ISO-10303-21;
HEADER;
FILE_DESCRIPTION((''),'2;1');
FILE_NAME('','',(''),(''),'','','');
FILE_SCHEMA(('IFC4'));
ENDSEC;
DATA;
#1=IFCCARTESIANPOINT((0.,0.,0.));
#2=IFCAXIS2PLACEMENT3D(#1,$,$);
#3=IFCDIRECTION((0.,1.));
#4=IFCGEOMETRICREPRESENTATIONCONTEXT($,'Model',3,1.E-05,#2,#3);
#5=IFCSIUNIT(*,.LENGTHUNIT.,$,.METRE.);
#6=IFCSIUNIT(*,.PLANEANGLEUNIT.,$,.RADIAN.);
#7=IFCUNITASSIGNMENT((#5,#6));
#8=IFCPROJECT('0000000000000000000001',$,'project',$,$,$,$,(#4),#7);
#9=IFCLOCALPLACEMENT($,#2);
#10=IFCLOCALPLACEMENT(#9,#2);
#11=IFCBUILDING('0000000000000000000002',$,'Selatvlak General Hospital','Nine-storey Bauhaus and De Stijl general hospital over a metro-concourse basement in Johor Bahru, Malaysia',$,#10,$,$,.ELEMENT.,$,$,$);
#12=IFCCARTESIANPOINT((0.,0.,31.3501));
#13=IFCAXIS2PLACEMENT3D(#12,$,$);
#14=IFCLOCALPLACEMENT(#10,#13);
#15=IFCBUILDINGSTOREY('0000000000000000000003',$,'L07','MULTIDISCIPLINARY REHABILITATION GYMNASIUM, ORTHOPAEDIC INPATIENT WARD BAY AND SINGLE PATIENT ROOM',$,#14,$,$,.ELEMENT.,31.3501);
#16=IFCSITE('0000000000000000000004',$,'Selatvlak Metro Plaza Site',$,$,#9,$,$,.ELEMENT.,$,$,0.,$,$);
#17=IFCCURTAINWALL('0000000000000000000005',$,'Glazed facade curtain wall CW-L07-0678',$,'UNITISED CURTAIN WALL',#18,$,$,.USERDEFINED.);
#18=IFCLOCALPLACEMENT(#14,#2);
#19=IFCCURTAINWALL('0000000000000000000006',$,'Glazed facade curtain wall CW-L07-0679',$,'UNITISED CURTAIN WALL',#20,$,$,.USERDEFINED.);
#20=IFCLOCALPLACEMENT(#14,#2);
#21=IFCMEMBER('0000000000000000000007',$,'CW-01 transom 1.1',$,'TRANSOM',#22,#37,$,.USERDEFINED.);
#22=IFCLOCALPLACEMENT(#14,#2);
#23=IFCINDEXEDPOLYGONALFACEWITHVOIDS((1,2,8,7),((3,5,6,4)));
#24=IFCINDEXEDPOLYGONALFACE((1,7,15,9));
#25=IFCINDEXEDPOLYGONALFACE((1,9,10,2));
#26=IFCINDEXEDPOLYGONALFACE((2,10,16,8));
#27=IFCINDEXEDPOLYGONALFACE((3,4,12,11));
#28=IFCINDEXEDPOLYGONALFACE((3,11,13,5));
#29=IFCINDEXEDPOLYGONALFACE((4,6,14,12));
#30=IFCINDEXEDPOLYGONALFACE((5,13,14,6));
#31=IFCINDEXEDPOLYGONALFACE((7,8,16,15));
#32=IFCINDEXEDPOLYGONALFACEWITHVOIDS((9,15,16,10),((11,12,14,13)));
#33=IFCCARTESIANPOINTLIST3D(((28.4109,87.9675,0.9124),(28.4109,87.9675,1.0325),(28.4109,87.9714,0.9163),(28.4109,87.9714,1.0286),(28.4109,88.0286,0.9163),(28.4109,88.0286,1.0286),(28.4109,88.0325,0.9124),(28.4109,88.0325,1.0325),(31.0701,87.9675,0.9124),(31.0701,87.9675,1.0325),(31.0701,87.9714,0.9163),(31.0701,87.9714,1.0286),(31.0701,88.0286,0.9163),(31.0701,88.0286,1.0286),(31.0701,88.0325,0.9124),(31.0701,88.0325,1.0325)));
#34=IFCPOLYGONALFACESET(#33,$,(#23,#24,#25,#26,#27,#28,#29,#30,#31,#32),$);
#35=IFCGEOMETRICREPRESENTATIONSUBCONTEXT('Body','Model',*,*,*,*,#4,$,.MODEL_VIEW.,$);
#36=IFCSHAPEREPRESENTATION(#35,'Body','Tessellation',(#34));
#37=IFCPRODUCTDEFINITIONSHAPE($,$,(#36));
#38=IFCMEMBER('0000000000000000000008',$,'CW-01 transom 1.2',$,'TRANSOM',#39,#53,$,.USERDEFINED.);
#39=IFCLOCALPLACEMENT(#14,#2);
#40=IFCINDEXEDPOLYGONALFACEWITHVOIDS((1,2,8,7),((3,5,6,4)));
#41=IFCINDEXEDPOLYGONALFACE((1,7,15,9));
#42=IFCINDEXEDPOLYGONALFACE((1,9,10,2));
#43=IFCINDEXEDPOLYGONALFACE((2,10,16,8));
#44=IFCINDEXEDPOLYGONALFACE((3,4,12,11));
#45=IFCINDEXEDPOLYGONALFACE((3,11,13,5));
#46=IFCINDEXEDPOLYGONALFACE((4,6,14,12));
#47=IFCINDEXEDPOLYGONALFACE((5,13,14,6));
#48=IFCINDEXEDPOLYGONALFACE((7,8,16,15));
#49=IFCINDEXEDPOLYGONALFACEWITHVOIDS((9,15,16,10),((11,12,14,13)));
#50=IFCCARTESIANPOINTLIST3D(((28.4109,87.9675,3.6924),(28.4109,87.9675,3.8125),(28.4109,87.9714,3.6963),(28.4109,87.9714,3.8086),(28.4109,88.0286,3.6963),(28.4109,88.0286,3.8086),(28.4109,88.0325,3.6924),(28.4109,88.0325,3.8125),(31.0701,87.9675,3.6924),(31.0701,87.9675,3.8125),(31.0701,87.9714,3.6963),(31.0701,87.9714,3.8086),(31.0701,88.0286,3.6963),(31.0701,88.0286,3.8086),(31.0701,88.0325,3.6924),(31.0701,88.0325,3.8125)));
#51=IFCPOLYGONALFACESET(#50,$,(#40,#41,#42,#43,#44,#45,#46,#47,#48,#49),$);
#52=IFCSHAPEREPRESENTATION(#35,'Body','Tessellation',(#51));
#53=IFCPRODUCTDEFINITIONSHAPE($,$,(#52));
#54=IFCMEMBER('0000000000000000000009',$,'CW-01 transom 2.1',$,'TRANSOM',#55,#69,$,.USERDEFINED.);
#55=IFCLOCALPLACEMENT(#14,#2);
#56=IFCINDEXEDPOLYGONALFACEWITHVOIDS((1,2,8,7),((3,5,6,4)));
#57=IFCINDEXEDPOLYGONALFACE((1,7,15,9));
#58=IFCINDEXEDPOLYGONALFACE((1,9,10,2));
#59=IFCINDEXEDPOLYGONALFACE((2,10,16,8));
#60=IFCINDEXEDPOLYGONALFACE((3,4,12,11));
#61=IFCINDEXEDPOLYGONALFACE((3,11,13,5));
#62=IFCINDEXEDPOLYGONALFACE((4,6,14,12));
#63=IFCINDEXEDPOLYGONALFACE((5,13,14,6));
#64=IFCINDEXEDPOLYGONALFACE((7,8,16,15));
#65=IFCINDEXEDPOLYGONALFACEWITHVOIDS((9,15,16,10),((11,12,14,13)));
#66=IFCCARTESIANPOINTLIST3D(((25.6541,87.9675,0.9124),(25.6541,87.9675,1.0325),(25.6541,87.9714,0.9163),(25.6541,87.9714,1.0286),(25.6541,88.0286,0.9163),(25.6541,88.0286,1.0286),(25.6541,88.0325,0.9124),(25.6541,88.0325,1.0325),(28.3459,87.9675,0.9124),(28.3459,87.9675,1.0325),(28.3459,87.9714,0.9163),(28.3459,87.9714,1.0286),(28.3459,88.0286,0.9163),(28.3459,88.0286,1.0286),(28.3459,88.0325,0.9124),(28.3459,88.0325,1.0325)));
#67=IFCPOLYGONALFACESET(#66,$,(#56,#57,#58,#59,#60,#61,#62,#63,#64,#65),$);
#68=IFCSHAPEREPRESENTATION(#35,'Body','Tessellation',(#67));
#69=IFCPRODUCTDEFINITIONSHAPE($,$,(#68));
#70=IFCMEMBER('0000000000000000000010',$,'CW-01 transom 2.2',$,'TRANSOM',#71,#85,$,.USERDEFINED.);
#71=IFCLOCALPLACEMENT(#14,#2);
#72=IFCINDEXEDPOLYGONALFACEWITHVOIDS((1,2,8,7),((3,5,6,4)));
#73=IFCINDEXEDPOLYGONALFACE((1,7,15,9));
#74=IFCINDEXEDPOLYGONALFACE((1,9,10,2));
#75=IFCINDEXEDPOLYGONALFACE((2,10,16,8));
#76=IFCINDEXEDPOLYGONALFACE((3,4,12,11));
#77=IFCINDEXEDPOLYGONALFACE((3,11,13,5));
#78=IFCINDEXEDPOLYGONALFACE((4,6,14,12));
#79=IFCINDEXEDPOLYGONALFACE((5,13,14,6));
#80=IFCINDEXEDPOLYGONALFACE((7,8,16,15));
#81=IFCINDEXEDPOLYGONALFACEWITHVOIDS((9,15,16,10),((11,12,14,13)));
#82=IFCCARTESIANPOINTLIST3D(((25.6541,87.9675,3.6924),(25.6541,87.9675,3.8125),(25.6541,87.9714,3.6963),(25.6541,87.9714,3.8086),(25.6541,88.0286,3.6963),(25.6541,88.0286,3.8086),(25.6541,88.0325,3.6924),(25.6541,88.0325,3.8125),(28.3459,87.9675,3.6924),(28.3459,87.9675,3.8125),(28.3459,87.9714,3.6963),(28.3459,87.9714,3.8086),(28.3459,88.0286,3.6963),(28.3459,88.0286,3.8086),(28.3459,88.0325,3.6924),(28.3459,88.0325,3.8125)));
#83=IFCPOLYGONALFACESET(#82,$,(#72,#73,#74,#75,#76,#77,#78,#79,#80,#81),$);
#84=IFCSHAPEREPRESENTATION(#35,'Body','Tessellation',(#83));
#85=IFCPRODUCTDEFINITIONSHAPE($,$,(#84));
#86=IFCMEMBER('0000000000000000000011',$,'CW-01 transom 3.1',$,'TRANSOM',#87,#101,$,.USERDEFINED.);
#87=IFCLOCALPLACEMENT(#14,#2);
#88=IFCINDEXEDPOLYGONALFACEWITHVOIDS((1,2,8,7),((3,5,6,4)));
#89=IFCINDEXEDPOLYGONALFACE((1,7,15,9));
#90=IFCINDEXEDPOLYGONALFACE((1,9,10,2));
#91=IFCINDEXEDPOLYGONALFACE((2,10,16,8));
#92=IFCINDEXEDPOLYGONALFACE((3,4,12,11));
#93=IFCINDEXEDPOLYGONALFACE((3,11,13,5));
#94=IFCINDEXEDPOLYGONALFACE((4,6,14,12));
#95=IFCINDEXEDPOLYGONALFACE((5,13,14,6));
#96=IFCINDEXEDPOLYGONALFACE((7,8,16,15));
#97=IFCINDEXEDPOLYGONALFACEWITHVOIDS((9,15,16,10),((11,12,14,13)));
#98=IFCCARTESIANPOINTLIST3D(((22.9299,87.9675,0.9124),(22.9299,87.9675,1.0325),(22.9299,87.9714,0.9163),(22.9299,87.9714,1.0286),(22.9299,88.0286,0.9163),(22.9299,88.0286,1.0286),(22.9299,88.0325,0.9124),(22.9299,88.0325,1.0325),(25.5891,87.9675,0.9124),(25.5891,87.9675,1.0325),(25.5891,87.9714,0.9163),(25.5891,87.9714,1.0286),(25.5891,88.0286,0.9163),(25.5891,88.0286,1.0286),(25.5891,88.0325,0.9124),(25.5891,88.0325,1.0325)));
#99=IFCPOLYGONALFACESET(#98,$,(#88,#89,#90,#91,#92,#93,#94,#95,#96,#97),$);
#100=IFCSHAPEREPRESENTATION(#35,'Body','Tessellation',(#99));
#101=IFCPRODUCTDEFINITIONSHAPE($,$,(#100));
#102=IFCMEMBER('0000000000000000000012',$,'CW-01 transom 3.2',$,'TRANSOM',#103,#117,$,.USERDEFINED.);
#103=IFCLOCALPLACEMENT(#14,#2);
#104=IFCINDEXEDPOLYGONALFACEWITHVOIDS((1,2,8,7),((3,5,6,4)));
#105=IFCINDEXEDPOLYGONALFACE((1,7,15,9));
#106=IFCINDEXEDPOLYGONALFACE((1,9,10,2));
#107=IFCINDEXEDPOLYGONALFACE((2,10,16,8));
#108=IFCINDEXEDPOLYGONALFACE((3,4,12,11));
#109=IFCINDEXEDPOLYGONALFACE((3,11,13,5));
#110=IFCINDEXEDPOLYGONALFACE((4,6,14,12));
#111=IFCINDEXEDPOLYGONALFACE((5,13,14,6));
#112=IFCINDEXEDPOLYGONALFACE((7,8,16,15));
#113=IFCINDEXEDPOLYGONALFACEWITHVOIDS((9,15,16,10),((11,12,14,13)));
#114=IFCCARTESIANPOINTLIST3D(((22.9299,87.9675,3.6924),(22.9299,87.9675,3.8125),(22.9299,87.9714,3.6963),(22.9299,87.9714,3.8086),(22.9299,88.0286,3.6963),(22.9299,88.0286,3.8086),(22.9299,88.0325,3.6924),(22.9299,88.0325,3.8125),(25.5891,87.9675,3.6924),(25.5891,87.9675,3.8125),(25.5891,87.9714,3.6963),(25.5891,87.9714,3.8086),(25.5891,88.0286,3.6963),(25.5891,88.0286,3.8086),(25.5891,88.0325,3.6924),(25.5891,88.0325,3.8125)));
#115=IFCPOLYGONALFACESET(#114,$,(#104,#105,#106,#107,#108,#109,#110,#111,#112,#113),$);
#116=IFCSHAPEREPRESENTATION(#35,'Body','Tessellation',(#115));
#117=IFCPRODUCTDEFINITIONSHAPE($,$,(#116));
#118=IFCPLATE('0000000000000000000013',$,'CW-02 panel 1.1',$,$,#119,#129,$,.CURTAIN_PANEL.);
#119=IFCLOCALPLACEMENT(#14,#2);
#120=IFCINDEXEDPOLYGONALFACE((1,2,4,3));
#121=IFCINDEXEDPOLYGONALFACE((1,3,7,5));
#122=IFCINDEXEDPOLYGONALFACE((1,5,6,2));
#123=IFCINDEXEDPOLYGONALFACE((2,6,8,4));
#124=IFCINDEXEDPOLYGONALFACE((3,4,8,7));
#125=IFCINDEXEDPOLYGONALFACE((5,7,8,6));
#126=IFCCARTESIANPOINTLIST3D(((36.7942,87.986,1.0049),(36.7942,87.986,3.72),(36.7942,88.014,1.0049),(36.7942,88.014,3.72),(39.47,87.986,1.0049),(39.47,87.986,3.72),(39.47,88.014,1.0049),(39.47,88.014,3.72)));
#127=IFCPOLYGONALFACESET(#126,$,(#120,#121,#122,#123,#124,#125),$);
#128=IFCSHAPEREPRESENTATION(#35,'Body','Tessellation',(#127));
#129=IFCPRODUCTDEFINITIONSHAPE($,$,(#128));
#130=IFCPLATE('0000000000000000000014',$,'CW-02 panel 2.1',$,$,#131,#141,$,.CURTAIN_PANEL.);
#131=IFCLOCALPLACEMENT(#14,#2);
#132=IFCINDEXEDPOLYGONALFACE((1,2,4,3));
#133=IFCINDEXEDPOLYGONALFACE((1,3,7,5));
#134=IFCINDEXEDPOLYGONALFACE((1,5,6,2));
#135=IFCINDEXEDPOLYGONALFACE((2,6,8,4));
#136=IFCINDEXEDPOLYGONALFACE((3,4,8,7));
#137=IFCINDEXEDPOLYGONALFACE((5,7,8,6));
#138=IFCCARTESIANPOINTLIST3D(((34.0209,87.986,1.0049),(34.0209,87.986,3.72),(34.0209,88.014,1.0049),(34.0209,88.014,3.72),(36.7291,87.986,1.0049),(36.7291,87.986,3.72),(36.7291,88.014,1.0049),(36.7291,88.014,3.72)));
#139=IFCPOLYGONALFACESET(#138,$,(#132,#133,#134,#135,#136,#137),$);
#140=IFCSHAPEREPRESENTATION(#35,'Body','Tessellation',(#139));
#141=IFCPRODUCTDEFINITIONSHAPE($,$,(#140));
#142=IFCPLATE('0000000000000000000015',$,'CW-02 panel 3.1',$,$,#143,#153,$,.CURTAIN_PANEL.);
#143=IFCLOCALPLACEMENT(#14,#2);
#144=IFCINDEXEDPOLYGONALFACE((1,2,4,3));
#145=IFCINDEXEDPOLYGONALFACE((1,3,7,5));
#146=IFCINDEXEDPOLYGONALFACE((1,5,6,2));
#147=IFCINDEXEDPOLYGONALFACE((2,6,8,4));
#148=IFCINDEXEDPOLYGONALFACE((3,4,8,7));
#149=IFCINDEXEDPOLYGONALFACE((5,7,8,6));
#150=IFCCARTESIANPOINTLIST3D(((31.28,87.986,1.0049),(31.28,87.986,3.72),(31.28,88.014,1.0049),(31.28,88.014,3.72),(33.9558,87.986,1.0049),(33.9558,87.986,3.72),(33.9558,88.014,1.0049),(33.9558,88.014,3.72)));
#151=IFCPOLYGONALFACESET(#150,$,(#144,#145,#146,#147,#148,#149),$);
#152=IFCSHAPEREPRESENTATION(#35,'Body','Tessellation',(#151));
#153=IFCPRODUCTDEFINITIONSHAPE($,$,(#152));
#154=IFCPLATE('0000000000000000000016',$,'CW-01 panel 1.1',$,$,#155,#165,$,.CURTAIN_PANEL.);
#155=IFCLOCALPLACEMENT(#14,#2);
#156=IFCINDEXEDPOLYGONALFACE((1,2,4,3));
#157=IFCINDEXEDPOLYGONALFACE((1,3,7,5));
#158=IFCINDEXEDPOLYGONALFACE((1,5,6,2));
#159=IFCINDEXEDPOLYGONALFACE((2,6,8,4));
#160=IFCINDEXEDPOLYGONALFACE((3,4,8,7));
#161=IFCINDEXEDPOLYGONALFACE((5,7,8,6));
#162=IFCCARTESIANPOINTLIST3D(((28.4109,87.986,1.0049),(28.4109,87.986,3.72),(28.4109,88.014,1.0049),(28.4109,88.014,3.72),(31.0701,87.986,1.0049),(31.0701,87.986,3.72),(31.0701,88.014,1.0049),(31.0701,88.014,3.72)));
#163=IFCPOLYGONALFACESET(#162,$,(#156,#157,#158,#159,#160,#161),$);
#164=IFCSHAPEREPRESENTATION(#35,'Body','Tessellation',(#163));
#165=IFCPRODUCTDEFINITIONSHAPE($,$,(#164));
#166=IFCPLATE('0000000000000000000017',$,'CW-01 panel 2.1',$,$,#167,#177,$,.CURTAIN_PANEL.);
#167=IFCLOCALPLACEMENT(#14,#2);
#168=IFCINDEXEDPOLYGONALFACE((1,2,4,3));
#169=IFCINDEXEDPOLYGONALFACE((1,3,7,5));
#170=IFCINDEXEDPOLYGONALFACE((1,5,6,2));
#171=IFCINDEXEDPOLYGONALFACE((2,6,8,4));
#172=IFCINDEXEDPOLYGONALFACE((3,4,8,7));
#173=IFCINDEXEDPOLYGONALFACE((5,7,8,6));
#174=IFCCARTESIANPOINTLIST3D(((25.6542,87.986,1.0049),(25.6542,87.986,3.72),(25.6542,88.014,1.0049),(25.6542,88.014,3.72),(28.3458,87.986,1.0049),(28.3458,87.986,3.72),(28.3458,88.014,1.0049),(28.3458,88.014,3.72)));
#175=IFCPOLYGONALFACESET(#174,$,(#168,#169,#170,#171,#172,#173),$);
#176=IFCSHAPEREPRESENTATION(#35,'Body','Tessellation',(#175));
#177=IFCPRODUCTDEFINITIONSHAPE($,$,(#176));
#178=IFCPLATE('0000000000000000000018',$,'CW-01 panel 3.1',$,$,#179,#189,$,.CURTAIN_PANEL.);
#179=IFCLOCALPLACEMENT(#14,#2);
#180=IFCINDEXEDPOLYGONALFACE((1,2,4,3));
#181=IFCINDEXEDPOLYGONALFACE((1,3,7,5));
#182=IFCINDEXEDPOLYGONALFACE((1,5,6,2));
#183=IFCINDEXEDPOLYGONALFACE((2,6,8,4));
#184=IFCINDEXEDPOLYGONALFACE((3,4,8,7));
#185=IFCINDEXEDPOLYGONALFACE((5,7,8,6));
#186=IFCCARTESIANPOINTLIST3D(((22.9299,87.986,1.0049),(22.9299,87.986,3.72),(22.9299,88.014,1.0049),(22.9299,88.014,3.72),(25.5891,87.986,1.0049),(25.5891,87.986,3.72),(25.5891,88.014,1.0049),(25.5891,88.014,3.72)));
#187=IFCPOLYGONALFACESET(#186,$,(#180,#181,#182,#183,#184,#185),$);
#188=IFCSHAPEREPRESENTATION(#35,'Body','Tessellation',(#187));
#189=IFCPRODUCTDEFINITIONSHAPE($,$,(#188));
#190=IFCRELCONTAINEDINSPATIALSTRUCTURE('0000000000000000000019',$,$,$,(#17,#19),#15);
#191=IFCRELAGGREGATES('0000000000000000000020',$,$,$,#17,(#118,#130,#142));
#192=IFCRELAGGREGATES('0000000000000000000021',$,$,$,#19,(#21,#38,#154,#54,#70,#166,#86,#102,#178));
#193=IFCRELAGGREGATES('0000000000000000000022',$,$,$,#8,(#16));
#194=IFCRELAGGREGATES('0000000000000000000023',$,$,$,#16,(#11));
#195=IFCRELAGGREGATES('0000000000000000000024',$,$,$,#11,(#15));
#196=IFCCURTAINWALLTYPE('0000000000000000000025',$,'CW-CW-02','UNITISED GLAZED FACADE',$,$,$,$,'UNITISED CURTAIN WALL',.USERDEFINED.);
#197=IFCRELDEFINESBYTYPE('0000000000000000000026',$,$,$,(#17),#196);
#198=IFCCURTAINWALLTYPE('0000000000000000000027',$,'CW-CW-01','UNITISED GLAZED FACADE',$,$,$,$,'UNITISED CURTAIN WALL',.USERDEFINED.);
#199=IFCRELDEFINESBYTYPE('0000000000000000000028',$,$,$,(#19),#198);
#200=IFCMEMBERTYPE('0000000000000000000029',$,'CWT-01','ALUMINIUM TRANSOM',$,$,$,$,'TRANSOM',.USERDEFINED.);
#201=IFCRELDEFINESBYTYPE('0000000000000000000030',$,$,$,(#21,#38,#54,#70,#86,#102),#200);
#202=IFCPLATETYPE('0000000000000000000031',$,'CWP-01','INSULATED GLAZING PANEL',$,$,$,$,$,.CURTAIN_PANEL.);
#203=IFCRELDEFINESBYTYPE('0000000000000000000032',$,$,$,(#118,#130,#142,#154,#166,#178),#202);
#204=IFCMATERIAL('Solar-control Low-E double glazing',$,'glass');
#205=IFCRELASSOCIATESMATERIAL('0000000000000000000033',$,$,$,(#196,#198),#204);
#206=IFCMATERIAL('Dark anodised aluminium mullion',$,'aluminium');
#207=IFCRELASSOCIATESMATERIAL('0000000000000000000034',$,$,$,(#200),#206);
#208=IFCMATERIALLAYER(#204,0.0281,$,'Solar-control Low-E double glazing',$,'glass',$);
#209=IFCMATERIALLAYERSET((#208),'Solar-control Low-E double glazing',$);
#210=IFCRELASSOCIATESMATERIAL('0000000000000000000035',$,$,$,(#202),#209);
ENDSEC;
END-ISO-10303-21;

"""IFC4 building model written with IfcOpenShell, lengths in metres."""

from ifc_helpers import new_model, si_unit, direction, frame, origin, origin_2d, place, context, subcontext, project, spatial, rectangle, hollow_rectangle, extrude, material, layer, layer_set, material_profile, profile_set, type_object, element, aggregate, save


model = new_model("IFC4")

# Units and contexts
model_context = context("Model", 3, precision=1e-05, world=origin(), true_north=direction((0.0, 1.0)))
body_context = subcontext(model_context, "Body", "Model", "MODEL_VIEW")
ifc_project = project(units=[si_unit("LENGTHUNIT", "METRE"), si_unit("PLANEANGLEUNIT", "RADIAN")], contexts=[model_context])

# Site, building, storey
site_placement = place(None, origin())
site = spatial("IfcSite", under=ifc_project, at=site_placement, Name="Selatvlak Metro Plaza Site", CompositionType="ELEMENT", RefElevation=0.0)
building_placement = place(site_placement, origin())
building = spatial("IfcBuilding", under=site, at=building_placement, Name="Selatvlak General Hospital", Description="Nine-storey Bauhaus and De Stijl general hospital over a metro-concourse basement in Johor Bahru, Malaysia", CompositionType="ELEMENT")
storey_placement = place(building_placement, frame((0.0, 0.0, 31.3501)))
storey = spatial("IfcBuildingStorey", under=building, at=storey_placement, Name="L07", Description="MULTIDISCIPLINARY REHABILITATION GYMNASIUM, ORTHOPAEDIC INPATIENT WARD BAY AND SINGLE PATIENT ROOM", CompositionType="ELEMENT", Elevation=31.3501)

# Curtain walls
ifc_material_1 = material(Name="Solar-control Low-E double glazing", Category="glass")
curtain_wall_type_1 = type_object("IfcCurtainWallType", Name="CW-CW-02", Description="UNITISED GLAZED FACADE", ElementType="UNITISED CURTAIN WALL", PredefinedType="USERDEFINED", material=ifc_material_1)
curtain_wall_1_placement = place(storey_placement, origin())
curtain_wall_1 = element("IfcCurtainWall", 1, at=curtain_wall_1_placement, inside=storey, type_object=curtain_wall_type_1, Name="Glazed facade curtain wall CW-L07-0678", ObjectType="UNITISED CURTAIN WALL", PredefinedType="USERDEFINED")
ifc_material_2 = material(Name="Dark anodised aluminium mullion", Category="aluminium")
curtain_wall_type_2 = type_object("IfcCurtainWallType", Name="CW-CW-01", Description="UNITISED GLAZED FACADE", ElementType="UNITISED CURTAIN WALL", PredefinedType="USERDEFINED", material=ifc_material_1)
curtain_wall_2_placement = place(storey_placement, origin())
curtain_wall_2 = element("IfcCurtainWall", 2, at=curtain_wall_2_placement, inside=storey, type_object=curtain_wall_type_2, Name="Glazed facade curtain wall CW-L07-0679", ObjectType="UNITISED CURTAIN WALL", PredefinedType="USERDEFINED")

# Members
ifc_material_profile_1 = material_profile(ifc_material_2, hollow_rectangle(XDim=0.0649, YDim=0.1201, WallThickness=0.0039, at=origin_2d()), Name="AL-TRN 65x120x4")
ifc_profile_set_1 = profile_set([ifc_material_profile_1], Name="Dark anodised aluminium mullion")
member_type_1 = type_object("IfcMemberType", Name="CWT-01", Description="ALUMINIUM TRANSOM", ElementType="TRANSOM", PredefinedType="USERDEFINED", material=ifc_profile_set_1)
member_1_placement = place(storey_placement, frame((31.0701, 88.0, 0.9724), z_axis=(-1.0, 0.0, 0.0), x_axis=(0.0, -1.0, 0.0)))
member_1 = element("IfcMember", 3, at=member_1_placement, type_object=member_type_1, Name="CW-01 transom 1.1", ObjectType="TRANSOM", PredefinedType="USERDEFINED", context=body_context, shape_type="SweptSolid", body=[
    extrude(hollow_rectangle(XDim=0.0649, YDim=0.1201, WallThickness=0.0039, at=origin_2d()), origin(), (0.0, 0.0, 1.0), 2.6592),
])
member_2_placement = place(storey_placement, frame((31.0701, 88.0, 3.7524), z_axis=(-1.0, 0.0, 0.0), x_axis=(0.0, -1.0, 0.0)))
member_2 = element("IfcMember", 4, at=member_2_placement, type_object=member_type_1, Name="CW-01 transom 1.2", ObjectType="TRANSOM", PredefinedType="USERDEFINED", context=body_context, shape_type="SweptSolid", body=[
    extrude(hollow_rectangle(XDim=0.0649, YDim=0.1201, WallThickness=0.0039, at=origin_2d()), origin(), (0.0, 0.0, 1.0), 2.6592),
])
member_3_placement = place(storey_placement, frame((28.3459, 88.0, 0.9724), z_axis=(-1.0, 0.0, 0.0), x_axis=(0.0, -1.0, 0.0)))
member_3 = element("IfcMember", 5, at=member_3_placement, type_object=member_type_1, Name="CW-01 transom 2.1", ObjectType="TRANSOM", PredefinedType="USERDEFINED", context=body_context, shape_type="SweptSolid", body=[
    extrude(hollow_rectangle(XDim=0.0649, YDim=0.1201, WallThickness=0.0039, at=origin_2d()), origin(), (0.0, 0.0, 1.0), 2.6919),
])
member_4_placement = place(storey_placement, frame((28.3459, 88.0, 3.7524), z_axis=(-1.0, 0.0, 0.0), x_axis=(0.0, -1.0, 0.0)))
member_4 = element("IfcMember", 6, at=member_4_placement, type_object=member_type_1, Name="CW-01 transom 2.2", ObjectType="TRANSOM", PredefinedType="USERDEFINED", context=body_context, shape_type="SweptSolid", body=[
    extrude(hollow_rectangle(XDim=0.0649, YDim=0.1201, WallThickness=0.0039, at=origin_2d()), origin(), (0.0, 0.0, 1.0), 2.6919),
])
member_5_placement = place(storey_placement, frame((25.5891, 88.0, 0.9724), z_axis=(-1.0, 0.0, 0.0), x_axis=(0.0, -1.0, 0.0)))
member_5 = element("IfcMember", 7, at=member_5_placement, type_object=member_type_1, Name="CW-01 transom 3.1", ObjectType="TRANSOM", PredefinedType="USERDEFINED", context=body_context, shape_type="SweptSolid", body=[
    extrude(hollow_rectangle(XDim=0.0649, YDim=0.1201, WallThickness=0.0039, at=origin_2d()), origin(), (0.0, 0.0, 1.0), 2.6592),
])
member_6_placement = place(storey_placement, frame((25.5891, 88.0, 3.7524), z_axis=(-1.0, 0.0, 0.0), x_axis=(0.0, -1.0, 0.0)))
member_6 = element("IfcMember", 8, at=member_6_placement, type_object=member_type_1, Name="CW-01 transom 3.2", ObjectType="TRANSOM", PredefinedType="USERDEFINED", context=body_context, shape_type="SweptSolid", body=[
    extrude(hollow_rectangle(XDim=0.0649, YDim=0.1201, WallThickness=0.0039, at=origin_2d()), origin(), (0.0, 0.0, 1.0), 2.6592),
])

# Plates
ifc_layer_1 = layer(ifc_material_1, 0.0281, Name="Solar-control Low-E double glazing", Category="glass")
ifc_layer_set_1 = layer_set([ifc_layer_1], Name="Solar-control Low-E double glazing")
plate_type = type_object("IfcPlateType", Name="CWP-01", Description="INSULATED GLAZING PANEL", PredefinedType="CURTAIN_PANEL", material=ifc_layer_set_1)
plate_1_placement = place(storey_placement, frame((38.1321, 88.0, 1.0049), z_axis=(0.0, 0.0, 1.0), x_axis=(-1.0, 0.0, 0.0)))
plate_1 = element("IfcPlate", 9, at=plate_1_placement, type_object=plate_type, Name="CW-02 panel 1.1", PredefinedType="CURTAIN_PANEL", context=body_context, shape_type="SweptSolid", body=[
    extrude(rectangle(XDim=2.6758, YDim=0.0281, at=origin_2d()), origin(), (0.0, 0.0, 1.0), 2.7151),
])
plate_2_placement = place(storey_placement, frame((35.375, 88.0, 1.0049), z_axis=(0.0, 0.0, 1.0), x_axis=(-1.0, 0.0, 0.0)))
plate_2 = element("IfcPlate", 10, at=plate_2_placement, type_object=plate_type, Name="CW-02 panel 2.1", PredefinedType="CURTAIN_PANEL", context=body_context, shape_type="SweptSolid", body=[
    extrude(rectangle(XDim=2.7083, YDim=0.0281, at=origin_2d()), origin(), (0.0, 0.0, 1.0), 2.7151),
])
plate_3_placement = place(storey_placement, frame((32.6179, 88.0, 1.0049), z_axis=(0.0, 0.0, 1.0), x_axis=(-1.0, 0.0, 0.0)))
plate_3 = element("IfcPlate", 11, at=plate_3_placement, type_object=plate_type, Name="CW-02 panel 3.1", PredefinedType="CURTAIN_PANEL", context=body_context, shape_type="SweptSolid", body=[
    extrude(rectangle(XDim=2.6758, YDim=0.0281, at=origin_2d()), origin(), (0.0, 0.0, 1.0), 2.7151),
])
aggregate(curtain_wall_1, [plate_1, plate_2, plate_3])
plate_4_placement = place(storey_placement, frame((29.7405, 88.0, 1.0049), z_axis=(0.0, 0.0, 1.0), x_axis=(-1.0, 0.0, 0.0)))
plate_4 = element("IfcPlate", 12, at=plate_4_placement, type_object=plate_type, Name="CW-01 panel 1.1", PredefinedType="CURTAIN_PANEL", context=body_context, shape_type="SweptSolid", body=[
    extrude(rectangle(XDim=2.6592, YDim=0.0281, at=origin_2d()), origin(), (0.0, 0.0, 1.0), 2.7151),
])
plate_5_placement = place(storey_placement, frame((27.0, 88.0, 1.0049), z_axis=(0.0, 0.0, 1.0), x_axis=(-1.0, 0.0, 0.0)))
plate_5 = element("IfcPlate", 13, at=plate_5_placement, type_object=plate_type, Name="CW-01 panel 2.1", PredefinedType="CURTAIN_PANEL", context=body_context, shape_type="SweptSolid", body=[
    extrude(rectangle(XDim=2.6917, YDim=0.0281, at=origin_2d()), origin(), (0.0, 0.0, 1.0), 2.7151),
])
plate_6_placement = place(storey_placement, frame((24.2595, 88.0, 1.0049), z_axis=(0.0, 0.0, 1.0), x_axis=(-1.0, 0.0, 0.0)))
plate_6 = element("IfcPlate", 14, at=plate_6_placement, type_object=plate_type, Name="CW-01 panel 3.1", PredefinedType="CURTAIN_PANEL", context=body_context, shape_type="SweptSolid", body=[
    extrude(rectangle(XDim=2.6592, YDim=0.0281, at=origin_2d()), origin(), (0.0, 0.0, 1.0), 2.7151),
])
aggregate(curtain_wall_2, [member_1, member_2, plate_4, member_3, member_4, plate_5, member_5, member_6, plate_6])

save(model, "model.ifc")
